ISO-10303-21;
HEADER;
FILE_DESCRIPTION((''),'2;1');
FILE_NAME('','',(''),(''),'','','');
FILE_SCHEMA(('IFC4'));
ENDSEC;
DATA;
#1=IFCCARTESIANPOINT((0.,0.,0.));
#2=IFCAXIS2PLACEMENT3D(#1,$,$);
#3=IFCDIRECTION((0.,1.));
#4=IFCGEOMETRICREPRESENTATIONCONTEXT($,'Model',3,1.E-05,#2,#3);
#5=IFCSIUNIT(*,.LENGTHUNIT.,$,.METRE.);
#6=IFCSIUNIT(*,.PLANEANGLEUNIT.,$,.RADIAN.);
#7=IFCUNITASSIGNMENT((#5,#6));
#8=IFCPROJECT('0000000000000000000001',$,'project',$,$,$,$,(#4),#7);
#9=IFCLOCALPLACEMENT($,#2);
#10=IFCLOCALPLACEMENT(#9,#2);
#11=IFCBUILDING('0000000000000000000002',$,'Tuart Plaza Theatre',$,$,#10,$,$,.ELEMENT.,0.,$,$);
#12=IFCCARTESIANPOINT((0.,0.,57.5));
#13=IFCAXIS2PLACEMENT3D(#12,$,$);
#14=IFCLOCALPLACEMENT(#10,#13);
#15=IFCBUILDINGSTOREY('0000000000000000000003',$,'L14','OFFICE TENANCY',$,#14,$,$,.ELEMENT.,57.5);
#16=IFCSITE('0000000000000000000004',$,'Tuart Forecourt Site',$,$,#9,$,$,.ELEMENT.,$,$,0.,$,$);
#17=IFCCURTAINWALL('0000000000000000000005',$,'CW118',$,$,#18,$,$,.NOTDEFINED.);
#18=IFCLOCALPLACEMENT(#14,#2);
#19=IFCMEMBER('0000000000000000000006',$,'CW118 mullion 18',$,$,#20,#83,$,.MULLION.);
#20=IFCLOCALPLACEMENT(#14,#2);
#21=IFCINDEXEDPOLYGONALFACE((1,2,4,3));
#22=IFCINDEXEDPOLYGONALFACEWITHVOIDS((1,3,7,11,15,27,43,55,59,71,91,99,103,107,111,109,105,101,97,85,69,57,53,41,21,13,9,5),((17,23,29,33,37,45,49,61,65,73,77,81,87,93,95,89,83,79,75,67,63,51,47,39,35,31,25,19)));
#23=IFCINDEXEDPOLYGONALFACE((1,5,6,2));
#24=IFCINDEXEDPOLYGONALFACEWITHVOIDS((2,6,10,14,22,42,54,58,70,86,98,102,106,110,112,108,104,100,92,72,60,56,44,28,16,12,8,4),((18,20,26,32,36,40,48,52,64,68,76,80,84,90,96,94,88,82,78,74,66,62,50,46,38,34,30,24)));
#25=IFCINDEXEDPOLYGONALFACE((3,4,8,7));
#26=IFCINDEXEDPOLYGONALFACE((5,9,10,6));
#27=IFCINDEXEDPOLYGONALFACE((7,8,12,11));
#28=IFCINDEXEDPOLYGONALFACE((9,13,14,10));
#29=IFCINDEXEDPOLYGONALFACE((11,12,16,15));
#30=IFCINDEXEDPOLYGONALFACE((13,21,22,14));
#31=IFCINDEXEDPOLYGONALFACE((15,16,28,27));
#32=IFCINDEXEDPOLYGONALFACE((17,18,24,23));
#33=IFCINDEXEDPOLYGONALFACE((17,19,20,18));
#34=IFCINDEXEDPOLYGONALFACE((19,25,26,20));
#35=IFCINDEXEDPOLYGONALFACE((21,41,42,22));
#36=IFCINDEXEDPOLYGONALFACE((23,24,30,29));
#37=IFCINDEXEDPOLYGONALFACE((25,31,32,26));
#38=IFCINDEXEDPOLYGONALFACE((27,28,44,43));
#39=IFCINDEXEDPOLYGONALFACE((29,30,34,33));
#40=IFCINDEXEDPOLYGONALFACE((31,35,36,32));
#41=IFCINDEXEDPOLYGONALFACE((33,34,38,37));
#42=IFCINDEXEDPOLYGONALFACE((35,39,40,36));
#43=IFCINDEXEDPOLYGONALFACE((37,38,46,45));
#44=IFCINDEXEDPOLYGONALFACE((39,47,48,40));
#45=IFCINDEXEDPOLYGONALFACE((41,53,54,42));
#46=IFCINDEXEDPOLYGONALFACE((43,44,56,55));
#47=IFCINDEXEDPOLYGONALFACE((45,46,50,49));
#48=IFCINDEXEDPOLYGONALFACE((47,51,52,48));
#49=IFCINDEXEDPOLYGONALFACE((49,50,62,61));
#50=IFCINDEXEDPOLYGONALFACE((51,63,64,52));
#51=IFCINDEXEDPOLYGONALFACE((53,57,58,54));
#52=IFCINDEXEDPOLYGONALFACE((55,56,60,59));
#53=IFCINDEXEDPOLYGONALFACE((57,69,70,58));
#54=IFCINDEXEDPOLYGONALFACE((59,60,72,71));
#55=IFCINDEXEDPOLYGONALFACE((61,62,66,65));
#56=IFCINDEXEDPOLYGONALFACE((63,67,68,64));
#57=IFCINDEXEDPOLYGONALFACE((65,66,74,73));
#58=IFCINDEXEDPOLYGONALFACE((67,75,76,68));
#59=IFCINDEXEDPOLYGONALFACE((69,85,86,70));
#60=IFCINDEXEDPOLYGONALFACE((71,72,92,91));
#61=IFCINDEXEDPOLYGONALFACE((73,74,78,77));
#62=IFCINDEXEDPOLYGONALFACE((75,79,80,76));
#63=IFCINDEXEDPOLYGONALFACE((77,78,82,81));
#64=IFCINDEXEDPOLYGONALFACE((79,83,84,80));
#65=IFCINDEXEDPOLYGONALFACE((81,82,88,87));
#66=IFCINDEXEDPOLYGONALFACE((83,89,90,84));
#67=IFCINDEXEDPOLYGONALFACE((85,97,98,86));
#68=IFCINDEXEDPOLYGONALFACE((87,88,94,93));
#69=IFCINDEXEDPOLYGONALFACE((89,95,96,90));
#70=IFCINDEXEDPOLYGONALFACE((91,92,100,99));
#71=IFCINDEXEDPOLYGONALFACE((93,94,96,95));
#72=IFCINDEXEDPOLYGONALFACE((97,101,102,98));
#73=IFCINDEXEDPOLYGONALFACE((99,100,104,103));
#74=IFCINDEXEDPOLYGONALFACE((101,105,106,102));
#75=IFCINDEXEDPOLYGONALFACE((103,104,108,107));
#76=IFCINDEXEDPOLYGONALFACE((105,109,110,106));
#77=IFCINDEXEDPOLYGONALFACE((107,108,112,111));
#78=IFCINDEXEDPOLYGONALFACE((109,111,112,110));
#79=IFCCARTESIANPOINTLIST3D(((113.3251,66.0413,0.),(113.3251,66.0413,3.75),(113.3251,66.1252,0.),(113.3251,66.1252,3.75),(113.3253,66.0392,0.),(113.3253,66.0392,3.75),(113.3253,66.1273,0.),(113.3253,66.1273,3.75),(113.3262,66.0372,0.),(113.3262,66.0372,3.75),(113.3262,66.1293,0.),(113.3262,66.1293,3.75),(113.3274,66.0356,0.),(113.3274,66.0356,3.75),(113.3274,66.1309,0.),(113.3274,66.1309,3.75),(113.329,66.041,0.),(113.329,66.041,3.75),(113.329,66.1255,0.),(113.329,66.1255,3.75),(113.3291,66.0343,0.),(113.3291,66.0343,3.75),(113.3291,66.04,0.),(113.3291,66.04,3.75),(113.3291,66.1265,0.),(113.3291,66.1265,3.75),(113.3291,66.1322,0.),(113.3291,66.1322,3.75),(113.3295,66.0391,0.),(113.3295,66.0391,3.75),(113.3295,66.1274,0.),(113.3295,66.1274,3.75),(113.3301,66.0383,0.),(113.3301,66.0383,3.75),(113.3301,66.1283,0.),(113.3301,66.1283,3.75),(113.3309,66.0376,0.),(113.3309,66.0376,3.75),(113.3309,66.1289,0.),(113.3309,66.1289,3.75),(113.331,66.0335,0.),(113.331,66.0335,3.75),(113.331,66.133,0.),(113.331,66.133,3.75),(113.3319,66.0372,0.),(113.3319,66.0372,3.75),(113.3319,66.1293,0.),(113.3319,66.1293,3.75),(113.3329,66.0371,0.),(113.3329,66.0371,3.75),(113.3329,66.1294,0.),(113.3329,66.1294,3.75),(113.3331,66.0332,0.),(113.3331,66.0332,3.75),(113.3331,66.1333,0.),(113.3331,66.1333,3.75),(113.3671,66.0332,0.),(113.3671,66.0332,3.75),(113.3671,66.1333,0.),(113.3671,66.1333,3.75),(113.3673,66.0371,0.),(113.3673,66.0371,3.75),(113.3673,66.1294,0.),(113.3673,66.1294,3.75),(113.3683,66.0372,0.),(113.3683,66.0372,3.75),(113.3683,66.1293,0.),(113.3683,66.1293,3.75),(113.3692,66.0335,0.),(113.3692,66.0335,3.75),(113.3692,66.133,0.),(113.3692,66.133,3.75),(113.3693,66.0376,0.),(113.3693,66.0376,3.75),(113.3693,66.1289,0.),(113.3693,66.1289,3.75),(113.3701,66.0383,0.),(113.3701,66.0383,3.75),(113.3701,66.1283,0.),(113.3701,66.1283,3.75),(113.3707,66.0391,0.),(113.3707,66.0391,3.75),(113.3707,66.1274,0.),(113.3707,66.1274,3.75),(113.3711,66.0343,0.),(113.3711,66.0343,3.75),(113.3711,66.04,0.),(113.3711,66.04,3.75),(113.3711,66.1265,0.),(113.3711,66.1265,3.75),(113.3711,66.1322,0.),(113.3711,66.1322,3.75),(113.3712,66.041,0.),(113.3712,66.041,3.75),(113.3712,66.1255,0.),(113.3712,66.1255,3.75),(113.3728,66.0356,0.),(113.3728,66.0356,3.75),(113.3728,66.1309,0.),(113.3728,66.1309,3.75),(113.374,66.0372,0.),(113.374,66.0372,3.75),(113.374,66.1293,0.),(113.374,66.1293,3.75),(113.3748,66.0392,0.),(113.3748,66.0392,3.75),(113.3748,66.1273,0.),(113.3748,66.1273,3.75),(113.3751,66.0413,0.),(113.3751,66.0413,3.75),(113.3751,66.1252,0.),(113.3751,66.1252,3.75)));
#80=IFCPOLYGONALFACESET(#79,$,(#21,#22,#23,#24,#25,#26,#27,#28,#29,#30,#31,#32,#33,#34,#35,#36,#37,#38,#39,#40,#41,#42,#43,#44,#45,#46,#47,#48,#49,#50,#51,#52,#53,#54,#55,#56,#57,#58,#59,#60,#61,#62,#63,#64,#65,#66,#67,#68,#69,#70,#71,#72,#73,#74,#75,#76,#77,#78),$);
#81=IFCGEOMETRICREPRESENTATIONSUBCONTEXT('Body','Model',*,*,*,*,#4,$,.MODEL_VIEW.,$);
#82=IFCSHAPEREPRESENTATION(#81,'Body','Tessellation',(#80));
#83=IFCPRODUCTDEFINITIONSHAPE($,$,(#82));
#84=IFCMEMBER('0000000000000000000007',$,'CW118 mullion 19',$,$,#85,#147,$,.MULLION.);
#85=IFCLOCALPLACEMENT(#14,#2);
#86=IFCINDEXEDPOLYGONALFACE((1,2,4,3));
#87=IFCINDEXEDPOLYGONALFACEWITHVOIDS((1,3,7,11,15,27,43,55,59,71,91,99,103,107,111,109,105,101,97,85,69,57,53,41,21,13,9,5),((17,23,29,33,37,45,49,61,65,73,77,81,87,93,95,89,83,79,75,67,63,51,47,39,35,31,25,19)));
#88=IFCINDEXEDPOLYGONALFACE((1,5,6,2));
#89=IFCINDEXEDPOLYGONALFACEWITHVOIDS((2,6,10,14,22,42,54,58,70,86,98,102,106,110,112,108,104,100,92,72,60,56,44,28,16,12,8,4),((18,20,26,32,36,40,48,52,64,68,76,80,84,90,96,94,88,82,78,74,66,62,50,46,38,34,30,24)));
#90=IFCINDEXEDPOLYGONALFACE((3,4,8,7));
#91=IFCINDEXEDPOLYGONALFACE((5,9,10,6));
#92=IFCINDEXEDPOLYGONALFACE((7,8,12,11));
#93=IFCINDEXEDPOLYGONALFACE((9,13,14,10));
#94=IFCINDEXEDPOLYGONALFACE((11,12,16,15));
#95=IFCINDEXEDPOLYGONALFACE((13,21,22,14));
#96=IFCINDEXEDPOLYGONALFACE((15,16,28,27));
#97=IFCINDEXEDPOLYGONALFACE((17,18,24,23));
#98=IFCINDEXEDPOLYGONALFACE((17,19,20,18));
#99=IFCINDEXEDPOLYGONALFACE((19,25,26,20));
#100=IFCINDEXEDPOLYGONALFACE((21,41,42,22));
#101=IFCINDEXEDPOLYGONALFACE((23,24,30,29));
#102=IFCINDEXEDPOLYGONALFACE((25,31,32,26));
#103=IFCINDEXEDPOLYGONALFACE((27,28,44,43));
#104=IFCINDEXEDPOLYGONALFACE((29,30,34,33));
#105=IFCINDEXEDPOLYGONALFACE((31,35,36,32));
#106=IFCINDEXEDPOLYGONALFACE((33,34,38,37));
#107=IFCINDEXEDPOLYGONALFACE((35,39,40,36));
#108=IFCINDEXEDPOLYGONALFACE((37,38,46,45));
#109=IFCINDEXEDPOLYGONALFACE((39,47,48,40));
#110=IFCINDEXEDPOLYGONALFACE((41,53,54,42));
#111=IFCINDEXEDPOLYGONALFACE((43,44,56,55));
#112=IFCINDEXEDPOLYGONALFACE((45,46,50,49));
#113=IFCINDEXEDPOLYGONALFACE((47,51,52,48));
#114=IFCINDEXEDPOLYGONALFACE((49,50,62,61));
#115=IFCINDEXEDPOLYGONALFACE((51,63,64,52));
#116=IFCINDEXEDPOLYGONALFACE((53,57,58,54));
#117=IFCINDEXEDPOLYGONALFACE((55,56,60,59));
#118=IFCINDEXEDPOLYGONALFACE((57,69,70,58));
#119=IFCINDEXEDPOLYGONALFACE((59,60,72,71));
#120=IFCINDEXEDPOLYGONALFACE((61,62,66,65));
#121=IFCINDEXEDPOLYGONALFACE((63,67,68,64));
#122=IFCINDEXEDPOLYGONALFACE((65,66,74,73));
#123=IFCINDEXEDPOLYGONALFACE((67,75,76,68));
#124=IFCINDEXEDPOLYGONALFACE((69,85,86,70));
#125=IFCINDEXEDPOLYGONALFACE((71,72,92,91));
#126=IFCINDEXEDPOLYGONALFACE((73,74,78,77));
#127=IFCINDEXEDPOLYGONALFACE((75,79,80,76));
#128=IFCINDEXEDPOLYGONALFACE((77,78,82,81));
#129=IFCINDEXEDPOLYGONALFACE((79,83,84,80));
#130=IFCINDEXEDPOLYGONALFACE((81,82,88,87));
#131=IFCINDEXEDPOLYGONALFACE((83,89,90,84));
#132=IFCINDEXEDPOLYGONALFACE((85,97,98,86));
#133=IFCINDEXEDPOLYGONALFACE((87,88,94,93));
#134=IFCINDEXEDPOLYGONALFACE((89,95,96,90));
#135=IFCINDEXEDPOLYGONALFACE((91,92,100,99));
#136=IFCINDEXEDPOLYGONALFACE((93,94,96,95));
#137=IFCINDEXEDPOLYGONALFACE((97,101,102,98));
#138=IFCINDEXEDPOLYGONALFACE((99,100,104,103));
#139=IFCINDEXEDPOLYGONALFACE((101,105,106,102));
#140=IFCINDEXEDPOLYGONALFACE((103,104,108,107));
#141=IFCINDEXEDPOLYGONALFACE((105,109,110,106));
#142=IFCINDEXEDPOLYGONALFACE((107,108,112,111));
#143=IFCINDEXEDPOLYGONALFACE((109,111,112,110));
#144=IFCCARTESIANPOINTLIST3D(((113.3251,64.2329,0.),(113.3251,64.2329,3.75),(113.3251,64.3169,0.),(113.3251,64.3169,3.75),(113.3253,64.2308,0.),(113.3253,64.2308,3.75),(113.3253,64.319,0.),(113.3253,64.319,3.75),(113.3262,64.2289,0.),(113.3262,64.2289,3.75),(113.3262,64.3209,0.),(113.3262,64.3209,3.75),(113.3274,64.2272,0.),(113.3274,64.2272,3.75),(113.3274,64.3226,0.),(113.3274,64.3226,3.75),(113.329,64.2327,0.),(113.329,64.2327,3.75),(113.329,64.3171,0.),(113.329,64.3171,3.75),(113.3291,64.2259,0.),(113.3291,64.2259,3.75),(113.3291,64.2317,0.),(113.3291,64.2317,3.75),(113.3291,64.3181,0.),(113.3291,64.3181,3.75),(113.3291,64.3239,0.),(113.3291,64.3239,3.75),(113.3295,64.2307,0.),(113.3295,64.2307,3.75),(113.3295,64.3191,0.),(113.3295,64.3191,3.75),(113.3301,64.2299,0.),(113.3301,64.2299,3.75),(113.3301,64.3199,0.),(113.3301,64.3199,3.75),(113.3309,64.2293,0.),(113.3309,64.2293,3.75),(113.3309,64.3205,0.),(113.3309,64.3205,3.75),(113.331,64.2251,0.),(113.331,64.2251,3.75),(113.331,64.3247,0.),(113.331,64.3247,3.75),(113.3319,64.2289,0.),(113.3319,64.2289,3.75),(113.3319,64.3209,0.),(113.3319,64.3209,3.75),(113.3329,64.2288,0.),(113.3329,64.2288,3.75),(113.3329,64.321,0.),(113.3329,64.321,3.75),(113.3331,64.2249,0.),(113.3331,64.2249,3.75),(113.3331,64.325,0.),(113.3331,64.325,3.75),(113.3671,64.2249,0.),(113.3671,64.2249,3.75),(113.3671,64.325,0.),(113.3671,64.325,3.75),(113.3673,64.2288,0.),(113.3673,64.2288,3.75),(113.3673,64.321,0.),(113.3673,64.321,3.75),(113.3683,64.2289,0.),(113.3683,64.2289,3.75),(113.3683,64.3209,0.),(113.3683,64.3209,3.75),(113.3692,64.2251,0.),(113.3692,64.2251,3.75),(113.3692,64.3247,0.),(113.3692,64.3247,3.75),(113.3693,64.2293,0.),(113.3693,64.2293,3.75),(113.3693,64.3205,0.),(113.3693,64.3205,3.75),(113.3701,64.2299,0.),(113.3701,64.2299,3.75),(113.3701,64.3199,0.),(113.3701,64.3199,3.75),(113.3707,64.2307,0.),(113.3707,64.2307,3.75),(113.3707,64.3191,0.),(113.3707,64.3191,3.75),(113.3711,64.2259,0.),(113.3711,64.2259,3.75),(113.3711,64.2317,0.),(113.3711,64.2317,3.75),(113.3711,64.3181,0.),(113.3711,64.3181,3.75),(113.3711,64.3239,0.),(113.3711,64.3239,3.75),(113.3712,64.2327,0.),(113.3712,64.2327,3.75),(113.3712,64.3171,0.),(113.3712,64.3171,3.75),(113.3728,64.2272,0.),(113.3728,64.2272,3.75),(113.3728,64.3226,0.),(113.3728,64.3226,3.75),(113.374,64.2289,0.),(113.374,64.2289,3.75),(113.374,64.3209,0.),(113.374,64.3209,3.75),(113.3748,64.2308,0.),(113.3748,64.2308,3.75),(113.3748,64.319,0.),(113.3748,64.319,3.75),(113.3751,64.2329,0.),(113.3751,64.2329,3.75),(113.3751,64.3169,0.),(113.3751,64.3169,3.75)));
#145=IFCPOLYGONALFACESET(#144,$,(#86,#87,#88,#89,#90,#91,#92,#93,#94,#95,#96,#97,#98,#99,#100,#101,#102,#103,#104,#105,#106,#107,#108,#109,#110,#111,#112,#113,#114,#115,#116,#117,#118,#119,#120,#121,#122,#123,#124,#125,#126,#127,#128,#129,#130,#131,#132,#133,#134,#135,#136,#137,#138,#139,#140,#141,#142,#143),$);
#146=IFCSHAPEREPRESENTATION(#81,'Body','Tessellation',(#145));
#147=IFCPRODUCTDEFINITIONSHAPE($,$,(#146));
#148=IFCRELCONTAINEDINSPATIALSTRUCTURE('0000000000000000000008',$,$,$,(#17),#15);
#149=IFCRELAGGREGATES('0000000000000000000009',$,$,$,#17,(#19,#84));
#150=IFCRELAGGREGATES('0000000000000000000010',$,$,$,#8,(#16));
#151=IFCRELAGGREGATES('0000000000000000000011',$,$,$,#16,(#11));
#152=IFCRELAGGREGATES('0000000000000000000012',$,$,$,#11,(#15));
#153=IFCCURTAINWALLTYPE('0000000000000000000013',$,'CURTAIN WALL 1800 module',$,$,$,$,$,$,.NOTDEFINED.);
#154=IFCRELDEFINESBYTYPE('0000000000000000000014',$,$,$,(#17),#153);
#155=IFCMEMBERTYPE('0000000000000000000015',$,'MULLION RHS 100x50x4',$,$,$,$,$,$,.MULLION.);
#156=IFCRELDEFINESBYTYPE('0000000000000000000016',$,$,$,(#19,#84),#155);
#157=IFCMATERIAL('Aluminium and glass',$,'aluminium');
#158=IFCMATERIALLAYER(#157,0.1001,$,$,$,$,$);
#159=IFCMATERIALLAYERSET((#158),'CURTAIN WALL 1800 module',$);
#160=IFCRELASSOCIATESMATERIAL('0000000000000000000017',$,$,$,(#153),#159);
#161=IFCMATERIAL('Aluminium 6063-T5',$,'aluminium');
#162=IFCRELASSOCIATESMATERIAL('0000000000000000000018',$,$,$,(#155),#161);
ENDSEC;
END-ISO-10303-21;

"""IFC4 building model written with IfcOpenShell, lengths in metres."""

from ifc_helpers import new_model, si_unit, direction, frame, origin, origin_2d, place, context, subcontext, project, spatial, hollow_rectangle, extrude, material, layer, layer_set, material_profile, profile_set, type_object, element, aggregate, save


model = new_model("IFC4")

# Units and contexts
model_context = context("Model", 3, precision=1e-05, world=origin(), true_north=direction((0.0, 1.0)))
body_context = subcontext(model_context, "Body", "Model", "MODEL_VIEW")
ifc_project = project(units=[si_unit("LENGTHUNIT", "METRE"), si_unit("PLANEANGLEUNIT", "RADIAN")], contexts=[model_context])

# Site, building, storey
site_placement = place(None, origin())
site = spatial("IfcSite", under=ifc_project, at=site_placement, Name="Tuart Forecourt Site", CompositionType="ELEMENT", RefElevation=0.0)
building_placement = place(site_placement, origin())
building = spatial("IfcBuilding", under=site, at=building_placement, Name="Tuart Plaza Theatre", CompositionType="ELEMENT", ElevationOfRefHeight=0.0)
storey_placement = place(building_placement, frame((0.0, 0.0, 57.5)))
storey = spatial("IfcBuildingStorey", under=building, at=storey_placement, Name="L14", Description="OFFICE TENANCY", CompositionType="ELEMENT", Elevation=57.5)

# Curtain wall, members
ifc_material_1 = material(Name="Aluminium and glass", Category="aluminium")
ifc_layer_1 = layer(ifc_material_1, 0.1001)
ifc_layer_set_1 = layer_set([ifc_layer_1], Name="CURTAIN WALL 1800 module")
curtain_wall_type = type_object("IfcCurtainWallType", Name="CURTAIN WALL 1800 module", PredefinedType="NOTDEFINED", material=ifc_layer_set_1)
curtain_wall_placement = place(storey_placement, origin())
curtain_wall = element("IfcCurtainWall", 1, at=curtain_wall_placement, inside=storey, type_object=curtain_wall_type, Name="CW118", PredefinedType="NOTDEFINED")
ifc_material_2 = material(Name="Aluminium 6063-T5", Category="aluminium")
ifc_material_profile_1 = material_profile(ifc_material_2, hollow_rectangle(XDim=0.05, YDim=0.1001, WallThickness=0.0039, InnerFilletRadius=0.0039, OuterFilletRadius=0.0081, at=origin_2d()), Name="RHS 100x50x4")
ifc_profile_set_1 = profile_set([ifc_material_profile_1], Name="Aluminium 6063-T5")
member_type_1 = type_object("IfcMemberType", Name="MULLION RHS 100x50x4", PredefinedType="MULLION", material=ifc_profile_set_1)
member_1_placement = place(storey_placement, frame((113.3501, 66.0833, 0.0), z_axis=(0.0, 0.0, 1.0), x_axis=(1.0, 0.0, 0.0)))
member_1 = element("IfcMember", 2, at=member_1_placement, type_object=member_type_1, Name="CW118 mullion 18", PredefinedType="MULLION", context=body_context, shape_type="SweptSolid", body=[
    extrude(hollow_rectangle(XDim=0.05, YDim=0.1001, WallThickness=0.0039, InnerFilletRadius=0.0039, OuterFilletRadius=0.0081, at=origin_2d()), origin(), (0.0, 0.0, 1.0), 3.75),
])
member_2_placement = place(storey_placement, frame((113.3501, 64.2749, 0.0), z_axis=(0.0, 0.0, 1.0), x_axis=(1.0, 0.0, 0.0)))
member_2 = element("IfcMember", 3, at=member_2_placement, type_object=member_type_1, Name="CW118 mullion 19", PredefinedType="MULLION", context=body_context, shape_type="SweptSolid", body=[
    extrude(hollow_rectangle(XDim=0.05, YDim=0.1001, WallThickness=0.0039, InnerFilletRadius=0.0039, OuterFilletRadius=0.0081, at=origin_2d()), origin(), (0.0, 0.0, 1.0), 3.75),
])
aggregate(curtain_wall, [member_1, member_2])

save(model, "model.ifc")
